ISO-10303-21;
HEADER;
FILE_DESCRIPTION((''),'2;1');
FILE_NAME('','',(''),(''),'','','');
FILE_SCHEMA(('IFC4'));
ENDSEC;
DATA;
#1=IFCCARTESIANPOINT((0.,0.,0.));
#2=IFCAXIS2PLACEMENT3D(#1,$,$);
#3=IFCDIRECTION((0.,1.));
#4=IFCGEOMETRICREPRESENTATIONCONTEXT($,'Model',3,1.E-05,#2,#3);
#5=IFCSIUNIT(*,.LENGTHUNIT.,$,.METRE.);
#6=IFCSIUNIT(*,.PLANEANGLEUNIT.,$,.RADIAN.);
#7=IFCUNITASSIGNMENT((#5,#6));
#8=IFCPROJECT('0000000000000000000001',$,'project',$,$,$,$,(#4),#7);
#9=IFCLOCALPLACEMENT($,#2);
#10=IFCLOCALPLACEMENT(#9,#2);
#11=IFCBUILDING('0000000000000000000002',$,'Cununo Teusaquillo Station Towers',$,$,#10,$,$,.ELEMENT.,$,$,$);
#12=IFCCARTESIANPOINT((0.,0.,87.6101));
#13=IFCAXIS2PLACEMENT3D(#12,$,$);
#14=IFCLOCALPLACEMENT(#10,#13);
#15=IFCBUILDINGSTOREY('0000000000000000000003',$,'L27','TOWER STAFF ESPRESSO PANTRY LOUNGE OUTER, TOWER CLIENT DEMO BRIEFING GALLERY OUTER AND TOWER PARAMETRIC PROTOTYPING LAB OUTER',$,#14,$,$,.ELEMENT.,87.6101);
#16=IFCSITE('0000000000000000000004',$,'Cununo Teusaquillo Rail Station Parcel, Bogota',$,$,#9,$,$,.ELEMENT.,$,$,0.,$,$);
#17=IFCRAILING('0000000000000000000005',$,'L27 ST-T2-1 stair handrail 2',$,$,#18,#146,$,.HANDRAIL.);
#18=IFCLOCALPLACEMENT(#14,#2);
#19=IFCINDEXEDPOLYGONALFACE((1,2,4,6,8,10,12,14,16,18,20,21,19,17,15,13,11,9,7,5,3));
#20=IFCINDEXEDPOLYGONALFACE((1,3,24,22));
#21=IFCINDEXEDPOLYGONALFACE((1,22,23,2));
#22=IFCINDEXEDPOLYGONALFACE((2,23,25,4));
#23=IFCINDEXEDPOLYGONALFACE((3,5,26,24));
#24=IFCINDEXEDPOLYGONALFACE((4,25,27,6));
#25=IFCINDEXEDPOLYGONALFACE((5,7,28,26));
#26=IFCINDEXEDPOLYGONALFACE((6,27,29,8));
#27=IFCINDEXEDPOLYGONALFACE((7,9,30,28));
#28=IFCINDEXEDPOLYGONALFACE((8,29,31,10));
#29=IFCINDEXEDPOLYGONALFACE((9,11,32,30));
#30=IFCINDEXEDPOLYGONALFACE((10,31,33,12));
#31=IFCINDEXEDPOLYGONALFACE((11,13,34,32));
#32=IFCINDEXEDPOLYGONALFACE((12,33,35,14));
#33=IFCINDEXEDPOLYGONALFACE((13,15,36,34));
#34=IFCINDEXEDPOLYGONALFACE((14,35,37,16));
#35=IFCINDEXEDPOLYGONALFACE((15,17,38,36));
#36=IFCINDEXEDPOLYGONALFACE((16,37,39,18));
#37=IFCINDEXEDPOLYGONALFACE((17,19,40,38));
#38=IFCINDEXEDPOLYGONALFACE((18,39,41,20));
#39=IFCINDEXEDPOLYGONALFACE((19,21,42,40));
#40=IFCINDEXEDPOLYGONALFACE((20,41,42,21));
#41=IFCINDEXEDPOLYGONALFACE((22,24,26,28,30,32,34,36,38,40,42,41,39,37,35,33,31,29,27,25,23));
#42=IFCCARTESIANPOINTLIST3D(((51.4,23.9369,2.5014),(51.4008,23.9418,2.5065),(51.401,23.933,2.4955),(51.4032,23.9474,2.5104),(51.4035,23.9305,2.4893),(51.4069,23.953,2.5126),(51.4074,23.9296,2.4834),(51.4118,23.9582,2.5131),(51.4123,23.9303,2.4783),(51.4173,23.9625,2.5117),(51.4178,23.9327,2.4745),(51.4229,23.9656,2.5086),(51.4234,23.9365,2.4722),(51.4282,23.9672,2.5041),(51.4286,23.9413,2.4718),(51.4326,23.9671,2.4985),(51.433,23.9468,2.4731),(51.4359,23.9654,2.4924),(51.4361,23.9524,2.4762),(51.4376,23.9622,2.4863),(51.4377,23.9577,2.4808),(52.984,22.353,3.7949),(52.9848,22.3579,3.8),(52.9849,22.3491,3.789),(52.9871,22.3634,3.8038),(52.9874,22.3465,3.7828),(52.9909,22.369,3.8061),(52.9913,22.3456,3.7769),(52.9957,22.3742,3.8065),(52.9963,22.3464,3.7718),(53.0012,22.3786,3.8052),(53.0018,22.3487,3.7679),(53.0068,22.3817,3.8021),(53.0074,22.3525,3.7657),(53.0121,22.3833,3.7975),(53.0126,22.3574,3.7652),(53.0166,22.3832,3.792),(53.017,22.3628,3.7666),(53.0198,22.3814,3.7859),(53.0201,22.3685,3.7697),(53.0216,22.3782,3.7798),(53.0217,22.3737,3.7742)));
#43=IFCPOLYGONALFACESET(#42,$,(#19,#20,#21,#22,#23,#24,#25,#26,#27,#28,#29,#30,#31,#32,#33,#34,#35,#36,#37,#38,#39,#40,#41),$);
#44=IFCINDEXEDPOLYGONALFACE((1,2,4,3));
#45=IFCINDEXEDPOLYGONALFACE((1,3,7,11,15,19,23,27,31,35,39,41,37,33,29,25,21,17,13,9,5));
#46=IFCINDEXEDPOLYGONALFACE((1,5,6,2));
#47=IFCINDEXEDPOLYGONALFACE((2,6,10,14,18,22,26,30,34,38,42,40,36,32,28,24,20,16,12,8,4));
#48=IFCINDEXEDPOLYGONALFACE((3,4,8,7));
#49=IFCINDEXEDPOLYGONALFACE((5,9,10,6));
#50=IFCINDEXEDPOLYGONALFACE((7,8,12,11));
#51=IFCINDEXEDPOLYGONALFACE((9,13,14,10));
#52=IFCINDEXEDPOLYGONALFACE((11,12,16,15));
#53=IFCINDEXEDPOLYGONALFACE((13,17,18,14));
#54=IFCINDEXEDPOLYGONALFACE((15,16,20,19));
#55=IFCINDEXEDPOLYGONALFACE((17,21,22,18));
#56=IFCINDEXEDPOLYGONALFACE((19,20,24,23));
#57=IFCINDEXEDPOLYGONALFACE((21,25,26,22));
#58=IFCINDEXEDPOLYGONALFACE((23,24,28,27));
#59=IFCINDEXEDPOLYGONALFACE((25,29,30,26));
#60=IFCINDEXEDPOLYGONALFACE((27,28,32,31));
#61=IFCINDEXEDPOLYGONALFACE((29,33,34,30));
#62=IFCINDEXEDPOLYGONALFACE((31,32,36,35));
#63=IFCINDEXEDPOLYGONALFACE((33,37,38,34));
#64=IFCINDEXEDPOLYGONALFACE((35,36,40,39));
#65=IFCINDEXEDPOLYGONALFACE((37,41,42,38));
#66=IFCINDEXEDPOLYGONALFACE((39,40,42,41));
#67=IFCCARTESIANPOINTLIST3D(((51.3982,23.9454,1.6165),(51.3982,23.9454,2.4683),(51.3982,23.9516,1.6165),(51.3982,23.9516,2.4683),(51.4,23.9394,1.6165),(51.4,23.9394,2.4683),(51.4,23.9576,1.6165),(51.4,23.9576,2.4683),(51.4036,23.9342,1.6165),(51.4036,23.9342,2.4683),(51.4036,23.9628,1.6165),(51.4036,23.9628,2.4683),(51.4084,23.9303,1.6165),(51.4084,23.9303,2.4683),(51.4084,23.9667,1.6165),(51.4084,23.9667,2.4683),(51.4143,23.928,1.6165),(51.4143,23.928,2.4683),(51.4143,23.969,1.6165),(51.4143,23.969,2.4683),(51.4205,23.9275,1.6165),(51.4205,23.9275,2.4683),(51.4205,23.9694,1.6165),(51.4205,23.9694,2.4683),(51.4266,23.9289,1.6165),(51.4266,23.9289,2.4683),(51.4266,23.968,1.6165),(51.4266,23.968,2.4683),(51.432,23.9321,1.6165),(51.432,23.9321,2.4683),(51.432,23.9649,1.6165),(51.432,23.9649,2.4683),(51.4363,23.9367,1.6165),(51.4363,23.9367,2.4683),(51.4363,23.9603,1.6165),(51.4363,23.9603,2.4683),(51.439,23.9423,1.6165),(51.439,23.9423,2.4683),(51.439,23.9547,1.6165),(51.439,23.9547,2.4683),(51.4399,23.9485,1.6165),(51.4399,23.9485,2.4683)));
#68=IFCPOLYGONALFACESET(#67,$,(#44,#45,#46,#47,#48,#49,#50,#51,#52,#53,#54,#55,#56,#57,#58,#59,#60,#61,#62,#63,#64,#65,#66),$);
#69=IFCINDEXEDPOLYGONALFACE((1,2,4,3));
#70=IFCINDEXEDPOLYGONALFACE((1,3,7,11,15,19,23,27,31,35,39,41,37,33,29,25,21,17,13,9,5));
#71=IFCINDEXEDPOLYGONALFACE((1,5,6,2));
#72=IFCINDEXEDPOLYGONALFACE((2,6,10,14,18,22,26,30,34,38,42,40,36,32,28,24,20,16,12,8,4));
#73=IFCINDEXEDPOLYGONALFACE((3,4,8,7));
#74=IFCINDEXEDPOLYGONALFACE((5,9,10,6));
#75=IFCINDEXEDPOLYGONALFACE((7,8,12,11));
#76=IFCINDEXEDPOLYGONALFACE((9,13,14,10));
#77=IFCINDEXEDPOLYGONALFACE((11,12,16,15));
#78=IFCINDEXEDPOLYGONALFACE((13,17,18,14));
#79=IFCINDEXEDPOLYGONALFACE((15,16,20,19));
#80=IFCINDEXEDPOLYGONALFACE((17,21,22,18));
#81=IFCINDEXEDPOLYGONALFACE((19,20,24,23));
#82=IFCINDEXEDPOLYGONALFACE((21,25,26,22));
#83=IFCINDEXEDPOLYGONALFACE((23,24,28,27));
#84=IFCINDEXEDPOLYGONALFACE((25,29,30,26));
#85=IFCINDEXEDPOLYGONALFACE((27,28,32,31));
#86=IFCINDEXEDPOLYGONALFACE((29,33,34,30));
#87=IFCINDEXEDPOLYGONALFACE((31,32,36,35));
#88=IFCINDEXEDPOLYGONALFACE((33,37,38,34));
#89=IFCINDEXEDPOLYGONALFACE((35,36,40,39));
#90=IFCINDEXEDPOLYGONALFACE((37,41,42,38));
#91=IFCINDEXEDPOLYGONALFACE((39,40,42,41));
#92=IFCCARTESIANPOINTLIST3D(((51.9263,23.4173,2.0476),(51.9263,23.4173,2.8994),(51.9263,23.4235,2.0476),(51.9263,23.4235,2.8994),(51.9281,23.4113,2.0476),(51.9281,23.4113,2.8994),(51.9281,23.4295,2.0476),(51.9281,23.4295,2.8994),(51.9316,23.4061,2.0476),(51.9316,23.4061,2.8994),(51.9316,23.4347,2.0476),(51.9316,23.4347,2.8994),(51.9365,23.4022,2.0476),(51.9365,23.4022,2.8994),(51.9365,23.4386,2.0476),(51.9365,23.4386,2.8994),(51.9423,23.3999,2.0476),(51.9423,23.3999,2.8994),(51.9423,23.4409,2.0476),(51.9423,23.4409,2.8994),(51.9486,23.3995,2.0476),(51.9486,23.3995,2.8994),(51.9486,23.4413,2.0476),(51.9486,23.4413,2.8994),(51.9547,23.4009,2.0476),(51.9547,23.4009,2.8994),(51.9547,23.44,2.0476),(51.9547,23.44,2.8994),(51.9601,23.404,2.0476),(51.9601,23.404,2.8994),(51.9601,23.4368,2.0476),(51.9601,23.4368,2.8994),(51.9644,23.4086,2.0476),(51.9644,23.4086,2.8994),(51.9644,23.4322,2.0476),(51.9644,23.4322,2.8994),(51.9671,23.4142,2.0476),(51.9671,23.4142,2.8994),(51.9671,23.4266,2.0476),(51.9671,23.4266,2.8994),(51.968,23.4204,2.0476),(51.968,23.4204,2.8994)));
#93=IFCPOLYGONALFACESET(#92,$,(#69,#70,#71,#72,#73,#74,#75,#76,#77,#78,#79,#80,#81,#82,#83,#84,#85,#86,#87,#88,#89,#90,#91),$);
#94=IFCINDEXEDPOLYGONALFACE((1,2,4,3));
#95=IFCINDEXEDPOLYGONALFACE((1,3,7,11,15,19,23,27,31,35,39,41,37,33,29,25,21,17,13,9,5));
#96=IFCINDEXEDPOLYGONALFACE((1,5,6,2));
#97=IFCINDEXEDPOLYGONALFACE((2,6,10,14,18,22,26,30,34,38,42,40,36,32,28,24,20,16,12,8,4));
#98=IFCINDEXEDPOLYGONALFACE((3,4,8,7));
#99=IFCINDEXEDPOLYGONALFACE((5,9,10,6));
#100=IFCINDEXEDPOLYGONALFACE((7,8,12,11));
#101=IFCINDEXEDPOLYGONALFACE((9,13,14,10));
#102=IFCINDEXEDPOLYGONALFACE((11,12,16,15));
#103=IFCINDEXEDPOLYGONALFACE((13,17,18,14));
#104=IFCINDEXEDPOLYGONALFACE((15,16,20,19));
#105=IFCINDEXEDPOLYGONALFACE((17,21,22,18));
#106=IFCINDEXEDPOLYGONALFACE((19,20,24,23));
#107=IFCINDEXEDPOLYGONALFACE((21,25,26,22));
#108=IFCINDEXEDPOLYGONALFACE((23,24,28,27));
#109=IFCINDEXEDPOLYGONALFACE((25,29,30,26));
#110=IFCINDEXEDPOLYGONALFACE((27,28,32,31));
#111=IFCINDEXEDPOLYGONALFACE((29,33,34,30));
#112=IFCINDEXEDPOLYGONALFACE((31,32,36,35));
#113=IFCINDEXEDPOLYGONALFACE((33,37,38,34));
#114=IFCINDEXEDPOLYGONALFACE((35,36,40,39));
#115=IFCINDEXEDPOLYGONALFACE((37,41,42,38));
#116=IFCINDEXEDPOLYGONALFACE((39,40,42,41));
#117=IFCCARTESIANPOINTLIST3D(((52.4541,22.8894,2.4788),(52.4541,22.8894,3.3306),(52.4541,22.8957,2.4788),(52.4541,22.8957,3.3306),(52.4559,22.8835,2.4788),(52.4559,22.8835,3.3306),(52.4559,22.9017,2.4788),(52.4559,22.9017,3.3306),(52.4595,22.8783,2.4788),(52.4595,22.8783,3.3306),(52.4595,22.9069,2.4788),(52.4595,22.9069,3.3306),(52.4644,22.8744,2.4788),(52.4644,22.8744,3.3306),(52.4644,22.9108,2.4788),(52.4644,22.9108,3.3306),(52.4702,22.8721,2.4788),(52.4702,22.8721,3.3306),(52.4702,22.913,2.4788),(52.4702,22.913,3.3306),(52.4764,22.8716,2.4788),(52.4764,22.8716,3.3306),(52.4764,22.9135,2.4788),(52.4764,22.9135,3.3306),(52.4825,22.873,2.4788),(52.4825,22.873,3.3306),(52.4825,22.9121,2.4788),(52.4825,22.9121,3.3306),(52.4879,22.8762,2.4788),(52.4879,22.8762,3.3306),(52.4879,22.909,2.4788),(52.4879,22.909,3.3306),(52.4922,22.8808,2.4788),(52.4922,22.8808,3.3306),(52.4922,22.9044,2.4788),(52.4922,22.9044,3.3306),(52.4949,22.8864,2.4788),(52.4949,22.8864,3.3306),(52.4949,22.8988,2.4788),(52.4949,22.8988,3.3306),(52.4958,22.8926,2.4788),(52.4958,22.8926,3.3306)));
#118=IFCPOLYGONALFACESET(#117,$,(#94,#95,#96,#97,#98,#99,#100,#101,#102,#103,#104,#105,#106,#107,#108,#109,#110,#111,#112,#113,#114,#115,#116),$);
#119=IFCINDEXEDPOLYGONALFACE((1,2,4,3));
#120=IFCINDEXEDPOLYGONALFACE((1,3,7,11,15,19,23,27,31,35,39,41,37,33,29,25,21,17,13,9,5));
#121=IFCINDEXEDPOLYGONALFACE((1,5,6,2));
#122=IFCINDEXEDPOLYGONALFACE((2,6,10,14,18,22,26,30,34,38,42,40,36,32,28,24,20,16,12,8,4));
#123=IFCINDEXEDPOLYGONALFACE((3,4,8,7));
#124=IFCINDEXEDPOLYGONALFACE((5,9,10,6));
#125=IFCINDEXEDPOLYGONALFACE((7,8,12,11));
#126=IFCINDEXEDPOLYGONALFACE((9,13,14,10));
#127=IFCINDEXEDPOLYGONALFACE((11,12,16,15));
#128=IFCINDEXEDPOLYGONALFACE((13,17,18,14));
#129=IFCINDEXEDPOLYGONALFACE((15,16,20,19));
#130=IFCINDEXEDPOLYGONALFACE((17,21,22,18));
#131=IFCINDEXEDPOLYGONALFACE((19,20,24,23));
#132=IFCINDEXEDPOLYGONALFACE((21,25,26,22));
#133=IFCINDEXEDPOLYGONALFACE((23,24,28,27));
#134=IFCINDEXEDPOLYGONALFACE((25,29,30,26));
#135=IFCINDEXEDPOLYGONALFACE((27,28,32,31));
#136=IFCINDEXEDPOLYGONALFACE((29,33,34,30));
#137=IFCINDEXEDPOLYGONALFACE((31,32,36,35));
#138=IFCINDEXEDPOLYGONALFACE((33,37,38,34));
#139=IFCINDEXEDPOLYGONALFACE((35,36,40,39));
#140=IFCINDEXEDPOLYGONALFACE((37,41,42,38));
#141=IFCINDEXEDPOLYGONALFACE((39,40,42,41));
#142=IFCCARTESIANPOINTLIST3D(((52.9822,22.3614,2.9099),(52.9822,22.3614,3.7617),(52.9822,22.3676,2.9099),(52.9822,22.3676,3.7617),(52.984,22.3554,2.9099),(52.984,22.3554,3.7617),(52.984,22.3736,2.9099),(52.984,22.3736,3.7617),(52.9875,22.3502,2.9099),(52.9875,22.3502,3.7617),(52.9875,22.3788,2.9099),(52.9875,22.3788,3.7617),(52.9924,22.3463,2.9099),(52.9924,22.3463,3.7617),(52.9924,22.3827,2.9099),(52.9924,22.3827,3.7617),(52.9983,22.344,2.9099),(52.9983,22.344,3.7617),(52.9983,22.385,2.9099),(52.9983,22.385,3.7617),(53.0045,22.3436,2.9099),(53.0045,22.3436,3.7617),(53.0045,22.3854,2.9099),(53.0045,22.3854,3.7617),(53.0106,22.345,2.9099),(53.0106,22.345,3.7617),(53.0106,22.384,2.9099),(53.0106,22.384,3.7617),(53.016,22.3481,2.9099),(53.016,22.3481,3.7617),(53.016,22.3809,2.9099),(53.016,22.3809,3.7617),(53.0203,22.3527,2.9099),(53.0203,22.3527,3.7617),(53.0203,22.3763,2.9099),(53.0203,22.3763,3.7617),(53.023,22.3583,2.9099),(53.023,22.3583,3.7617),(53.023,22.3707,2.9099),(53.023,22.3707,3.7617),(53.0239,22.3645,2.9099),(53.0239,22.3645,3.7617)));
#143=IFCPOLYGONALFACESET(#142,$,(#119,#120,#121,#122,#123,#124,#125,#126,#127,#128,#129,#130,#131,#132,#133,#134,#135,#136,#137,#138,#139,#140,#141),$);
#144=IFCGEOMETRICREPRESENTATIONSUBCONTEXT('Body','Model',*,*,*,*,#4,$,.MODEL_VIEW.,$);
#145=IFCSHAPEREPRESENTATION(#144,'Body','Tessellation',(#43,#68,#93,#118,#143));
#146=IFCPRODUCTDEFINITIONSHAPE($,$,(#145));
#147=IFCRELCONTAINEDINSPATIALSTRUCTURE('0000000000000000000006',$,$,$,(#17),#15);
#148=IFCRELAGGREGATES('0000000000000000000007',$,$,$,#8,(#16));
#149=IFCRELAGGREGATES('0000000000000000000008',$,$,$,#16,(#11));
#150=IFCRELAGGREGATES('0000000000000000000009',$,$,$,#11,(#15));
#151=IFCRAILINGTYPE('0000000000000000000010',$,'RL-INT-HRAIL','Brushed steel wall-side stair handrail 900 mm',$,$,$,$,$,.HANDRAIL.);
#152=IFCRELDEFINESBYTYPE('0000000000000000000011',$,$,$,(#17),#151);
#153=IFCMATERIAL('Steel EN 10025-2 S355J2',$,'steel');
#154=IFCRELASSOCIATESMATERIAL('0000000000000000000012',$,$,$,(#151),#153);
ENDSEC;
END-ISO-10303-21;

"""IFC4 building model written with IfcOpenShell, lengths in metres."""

from ifc_helpers import new_model, si_unit, direction, frame, origin, origin_2d, place, context, subcontext, project, spatial, circle, extrude, material, type_object, element, save


model = new_model("IFC4")

# Units and contexts
model_context = context("Model", 3, precision=1e-05, world=origin(), true_north=direction((0.0, 1.0)))
body_context = subcontext(model_context, "Body", "Model", "MODEL_VIEW")
ifc_project = project(units=[si_unit("LENGTHUNIT", "METRE"), si_unit("PLANEANGLEUNIT", "RADIAN")], contexts=[model_context])

# Site, building, storey
site_placement = place(None, origin())
site = spatial("IfcSite", under=ifc_project, at=site_placement, Name="Cununo Teusaquillo Rail Station Parcel, Bogota", CompositionType="ELEMENT", RefElevation=0.0)
building_placement = place(site_placement, origin())
building = spatial("IfcBuilding", under=site, at=building_placement, Name="Cununo Teusaquillo Station Towers", CompositionType="ELEMENT")
storey_placement = place(building_placement, frame((0.0, 0.0, 87.6101)))
storey = spatial("IfcBuildingStorey", under=building, at=storey_placement, Name="L27", Description="TOWER STAFF ESPRESSO PANTRY LOUNGE OUTER, TOWER CLIENT DEMO BRIEFING GALLERY OUTER AND TOWER PARAMETRIC PROTOTYPING LAB OUTER", CompositionType="ELEMENT", Elevation=87.6101)

# Railing
ifc_material_1 = material(Name="Steel EN 10025-2 S355J2", Category="steel")
railing_type_1 = type_object("IfcRailingType", Name="RL-INT-HRAIL", Description="Brushed steel wall-side stair handrail 900 mm", PredefinedType="HANDRAIL", material=ifc_material_1)
railing_1_placement = place(storey_placement, frame((51.4189, 23.9485, 1.6165)))
element("IfcRailing", 1, at=railing_1_placement, inside=storey, type_object=railing_type_1, Name="L27 ST-T2-1 stair handrail 2", PredefinedType="HANDRAIL", context=body_context, shape_type="SweptSolid", body=[
    extrude(circle(Radius=0.0239, at=origin_2d()), frame((0.0, 0.0, 0.876), z_axis=(0.612356, -0.612356, 0.50004), x_axis=(0.707107, 0.707107, 0.0)), (0.0, 0.0, 1.0), 2.5867),
    extrude(circle(Radius=0.021, at=origin_2d()), origin(), (0.0, 0.0, 1.0), 0.8518),
    extrude(circle(Radius=0.021, at=origin_2d()), frame((0.5281, -0.5281, 0.4312)), (0.0, 0.0, 1.0), 0.8518),
    extrude(circle(Radius=0.021, at=origin_2d()), frame((1.0559, -1.0559, 0.8623)), (0.0, 0.0, 1.0), 0.8518),
    extrude(circle(Radius=0.021, at=origin_2d()), frame((1.584, -1.584, 1.2935)), (0.0, 0.0, 1.0), 0.8518),
])

save(model, "model.ifc")
